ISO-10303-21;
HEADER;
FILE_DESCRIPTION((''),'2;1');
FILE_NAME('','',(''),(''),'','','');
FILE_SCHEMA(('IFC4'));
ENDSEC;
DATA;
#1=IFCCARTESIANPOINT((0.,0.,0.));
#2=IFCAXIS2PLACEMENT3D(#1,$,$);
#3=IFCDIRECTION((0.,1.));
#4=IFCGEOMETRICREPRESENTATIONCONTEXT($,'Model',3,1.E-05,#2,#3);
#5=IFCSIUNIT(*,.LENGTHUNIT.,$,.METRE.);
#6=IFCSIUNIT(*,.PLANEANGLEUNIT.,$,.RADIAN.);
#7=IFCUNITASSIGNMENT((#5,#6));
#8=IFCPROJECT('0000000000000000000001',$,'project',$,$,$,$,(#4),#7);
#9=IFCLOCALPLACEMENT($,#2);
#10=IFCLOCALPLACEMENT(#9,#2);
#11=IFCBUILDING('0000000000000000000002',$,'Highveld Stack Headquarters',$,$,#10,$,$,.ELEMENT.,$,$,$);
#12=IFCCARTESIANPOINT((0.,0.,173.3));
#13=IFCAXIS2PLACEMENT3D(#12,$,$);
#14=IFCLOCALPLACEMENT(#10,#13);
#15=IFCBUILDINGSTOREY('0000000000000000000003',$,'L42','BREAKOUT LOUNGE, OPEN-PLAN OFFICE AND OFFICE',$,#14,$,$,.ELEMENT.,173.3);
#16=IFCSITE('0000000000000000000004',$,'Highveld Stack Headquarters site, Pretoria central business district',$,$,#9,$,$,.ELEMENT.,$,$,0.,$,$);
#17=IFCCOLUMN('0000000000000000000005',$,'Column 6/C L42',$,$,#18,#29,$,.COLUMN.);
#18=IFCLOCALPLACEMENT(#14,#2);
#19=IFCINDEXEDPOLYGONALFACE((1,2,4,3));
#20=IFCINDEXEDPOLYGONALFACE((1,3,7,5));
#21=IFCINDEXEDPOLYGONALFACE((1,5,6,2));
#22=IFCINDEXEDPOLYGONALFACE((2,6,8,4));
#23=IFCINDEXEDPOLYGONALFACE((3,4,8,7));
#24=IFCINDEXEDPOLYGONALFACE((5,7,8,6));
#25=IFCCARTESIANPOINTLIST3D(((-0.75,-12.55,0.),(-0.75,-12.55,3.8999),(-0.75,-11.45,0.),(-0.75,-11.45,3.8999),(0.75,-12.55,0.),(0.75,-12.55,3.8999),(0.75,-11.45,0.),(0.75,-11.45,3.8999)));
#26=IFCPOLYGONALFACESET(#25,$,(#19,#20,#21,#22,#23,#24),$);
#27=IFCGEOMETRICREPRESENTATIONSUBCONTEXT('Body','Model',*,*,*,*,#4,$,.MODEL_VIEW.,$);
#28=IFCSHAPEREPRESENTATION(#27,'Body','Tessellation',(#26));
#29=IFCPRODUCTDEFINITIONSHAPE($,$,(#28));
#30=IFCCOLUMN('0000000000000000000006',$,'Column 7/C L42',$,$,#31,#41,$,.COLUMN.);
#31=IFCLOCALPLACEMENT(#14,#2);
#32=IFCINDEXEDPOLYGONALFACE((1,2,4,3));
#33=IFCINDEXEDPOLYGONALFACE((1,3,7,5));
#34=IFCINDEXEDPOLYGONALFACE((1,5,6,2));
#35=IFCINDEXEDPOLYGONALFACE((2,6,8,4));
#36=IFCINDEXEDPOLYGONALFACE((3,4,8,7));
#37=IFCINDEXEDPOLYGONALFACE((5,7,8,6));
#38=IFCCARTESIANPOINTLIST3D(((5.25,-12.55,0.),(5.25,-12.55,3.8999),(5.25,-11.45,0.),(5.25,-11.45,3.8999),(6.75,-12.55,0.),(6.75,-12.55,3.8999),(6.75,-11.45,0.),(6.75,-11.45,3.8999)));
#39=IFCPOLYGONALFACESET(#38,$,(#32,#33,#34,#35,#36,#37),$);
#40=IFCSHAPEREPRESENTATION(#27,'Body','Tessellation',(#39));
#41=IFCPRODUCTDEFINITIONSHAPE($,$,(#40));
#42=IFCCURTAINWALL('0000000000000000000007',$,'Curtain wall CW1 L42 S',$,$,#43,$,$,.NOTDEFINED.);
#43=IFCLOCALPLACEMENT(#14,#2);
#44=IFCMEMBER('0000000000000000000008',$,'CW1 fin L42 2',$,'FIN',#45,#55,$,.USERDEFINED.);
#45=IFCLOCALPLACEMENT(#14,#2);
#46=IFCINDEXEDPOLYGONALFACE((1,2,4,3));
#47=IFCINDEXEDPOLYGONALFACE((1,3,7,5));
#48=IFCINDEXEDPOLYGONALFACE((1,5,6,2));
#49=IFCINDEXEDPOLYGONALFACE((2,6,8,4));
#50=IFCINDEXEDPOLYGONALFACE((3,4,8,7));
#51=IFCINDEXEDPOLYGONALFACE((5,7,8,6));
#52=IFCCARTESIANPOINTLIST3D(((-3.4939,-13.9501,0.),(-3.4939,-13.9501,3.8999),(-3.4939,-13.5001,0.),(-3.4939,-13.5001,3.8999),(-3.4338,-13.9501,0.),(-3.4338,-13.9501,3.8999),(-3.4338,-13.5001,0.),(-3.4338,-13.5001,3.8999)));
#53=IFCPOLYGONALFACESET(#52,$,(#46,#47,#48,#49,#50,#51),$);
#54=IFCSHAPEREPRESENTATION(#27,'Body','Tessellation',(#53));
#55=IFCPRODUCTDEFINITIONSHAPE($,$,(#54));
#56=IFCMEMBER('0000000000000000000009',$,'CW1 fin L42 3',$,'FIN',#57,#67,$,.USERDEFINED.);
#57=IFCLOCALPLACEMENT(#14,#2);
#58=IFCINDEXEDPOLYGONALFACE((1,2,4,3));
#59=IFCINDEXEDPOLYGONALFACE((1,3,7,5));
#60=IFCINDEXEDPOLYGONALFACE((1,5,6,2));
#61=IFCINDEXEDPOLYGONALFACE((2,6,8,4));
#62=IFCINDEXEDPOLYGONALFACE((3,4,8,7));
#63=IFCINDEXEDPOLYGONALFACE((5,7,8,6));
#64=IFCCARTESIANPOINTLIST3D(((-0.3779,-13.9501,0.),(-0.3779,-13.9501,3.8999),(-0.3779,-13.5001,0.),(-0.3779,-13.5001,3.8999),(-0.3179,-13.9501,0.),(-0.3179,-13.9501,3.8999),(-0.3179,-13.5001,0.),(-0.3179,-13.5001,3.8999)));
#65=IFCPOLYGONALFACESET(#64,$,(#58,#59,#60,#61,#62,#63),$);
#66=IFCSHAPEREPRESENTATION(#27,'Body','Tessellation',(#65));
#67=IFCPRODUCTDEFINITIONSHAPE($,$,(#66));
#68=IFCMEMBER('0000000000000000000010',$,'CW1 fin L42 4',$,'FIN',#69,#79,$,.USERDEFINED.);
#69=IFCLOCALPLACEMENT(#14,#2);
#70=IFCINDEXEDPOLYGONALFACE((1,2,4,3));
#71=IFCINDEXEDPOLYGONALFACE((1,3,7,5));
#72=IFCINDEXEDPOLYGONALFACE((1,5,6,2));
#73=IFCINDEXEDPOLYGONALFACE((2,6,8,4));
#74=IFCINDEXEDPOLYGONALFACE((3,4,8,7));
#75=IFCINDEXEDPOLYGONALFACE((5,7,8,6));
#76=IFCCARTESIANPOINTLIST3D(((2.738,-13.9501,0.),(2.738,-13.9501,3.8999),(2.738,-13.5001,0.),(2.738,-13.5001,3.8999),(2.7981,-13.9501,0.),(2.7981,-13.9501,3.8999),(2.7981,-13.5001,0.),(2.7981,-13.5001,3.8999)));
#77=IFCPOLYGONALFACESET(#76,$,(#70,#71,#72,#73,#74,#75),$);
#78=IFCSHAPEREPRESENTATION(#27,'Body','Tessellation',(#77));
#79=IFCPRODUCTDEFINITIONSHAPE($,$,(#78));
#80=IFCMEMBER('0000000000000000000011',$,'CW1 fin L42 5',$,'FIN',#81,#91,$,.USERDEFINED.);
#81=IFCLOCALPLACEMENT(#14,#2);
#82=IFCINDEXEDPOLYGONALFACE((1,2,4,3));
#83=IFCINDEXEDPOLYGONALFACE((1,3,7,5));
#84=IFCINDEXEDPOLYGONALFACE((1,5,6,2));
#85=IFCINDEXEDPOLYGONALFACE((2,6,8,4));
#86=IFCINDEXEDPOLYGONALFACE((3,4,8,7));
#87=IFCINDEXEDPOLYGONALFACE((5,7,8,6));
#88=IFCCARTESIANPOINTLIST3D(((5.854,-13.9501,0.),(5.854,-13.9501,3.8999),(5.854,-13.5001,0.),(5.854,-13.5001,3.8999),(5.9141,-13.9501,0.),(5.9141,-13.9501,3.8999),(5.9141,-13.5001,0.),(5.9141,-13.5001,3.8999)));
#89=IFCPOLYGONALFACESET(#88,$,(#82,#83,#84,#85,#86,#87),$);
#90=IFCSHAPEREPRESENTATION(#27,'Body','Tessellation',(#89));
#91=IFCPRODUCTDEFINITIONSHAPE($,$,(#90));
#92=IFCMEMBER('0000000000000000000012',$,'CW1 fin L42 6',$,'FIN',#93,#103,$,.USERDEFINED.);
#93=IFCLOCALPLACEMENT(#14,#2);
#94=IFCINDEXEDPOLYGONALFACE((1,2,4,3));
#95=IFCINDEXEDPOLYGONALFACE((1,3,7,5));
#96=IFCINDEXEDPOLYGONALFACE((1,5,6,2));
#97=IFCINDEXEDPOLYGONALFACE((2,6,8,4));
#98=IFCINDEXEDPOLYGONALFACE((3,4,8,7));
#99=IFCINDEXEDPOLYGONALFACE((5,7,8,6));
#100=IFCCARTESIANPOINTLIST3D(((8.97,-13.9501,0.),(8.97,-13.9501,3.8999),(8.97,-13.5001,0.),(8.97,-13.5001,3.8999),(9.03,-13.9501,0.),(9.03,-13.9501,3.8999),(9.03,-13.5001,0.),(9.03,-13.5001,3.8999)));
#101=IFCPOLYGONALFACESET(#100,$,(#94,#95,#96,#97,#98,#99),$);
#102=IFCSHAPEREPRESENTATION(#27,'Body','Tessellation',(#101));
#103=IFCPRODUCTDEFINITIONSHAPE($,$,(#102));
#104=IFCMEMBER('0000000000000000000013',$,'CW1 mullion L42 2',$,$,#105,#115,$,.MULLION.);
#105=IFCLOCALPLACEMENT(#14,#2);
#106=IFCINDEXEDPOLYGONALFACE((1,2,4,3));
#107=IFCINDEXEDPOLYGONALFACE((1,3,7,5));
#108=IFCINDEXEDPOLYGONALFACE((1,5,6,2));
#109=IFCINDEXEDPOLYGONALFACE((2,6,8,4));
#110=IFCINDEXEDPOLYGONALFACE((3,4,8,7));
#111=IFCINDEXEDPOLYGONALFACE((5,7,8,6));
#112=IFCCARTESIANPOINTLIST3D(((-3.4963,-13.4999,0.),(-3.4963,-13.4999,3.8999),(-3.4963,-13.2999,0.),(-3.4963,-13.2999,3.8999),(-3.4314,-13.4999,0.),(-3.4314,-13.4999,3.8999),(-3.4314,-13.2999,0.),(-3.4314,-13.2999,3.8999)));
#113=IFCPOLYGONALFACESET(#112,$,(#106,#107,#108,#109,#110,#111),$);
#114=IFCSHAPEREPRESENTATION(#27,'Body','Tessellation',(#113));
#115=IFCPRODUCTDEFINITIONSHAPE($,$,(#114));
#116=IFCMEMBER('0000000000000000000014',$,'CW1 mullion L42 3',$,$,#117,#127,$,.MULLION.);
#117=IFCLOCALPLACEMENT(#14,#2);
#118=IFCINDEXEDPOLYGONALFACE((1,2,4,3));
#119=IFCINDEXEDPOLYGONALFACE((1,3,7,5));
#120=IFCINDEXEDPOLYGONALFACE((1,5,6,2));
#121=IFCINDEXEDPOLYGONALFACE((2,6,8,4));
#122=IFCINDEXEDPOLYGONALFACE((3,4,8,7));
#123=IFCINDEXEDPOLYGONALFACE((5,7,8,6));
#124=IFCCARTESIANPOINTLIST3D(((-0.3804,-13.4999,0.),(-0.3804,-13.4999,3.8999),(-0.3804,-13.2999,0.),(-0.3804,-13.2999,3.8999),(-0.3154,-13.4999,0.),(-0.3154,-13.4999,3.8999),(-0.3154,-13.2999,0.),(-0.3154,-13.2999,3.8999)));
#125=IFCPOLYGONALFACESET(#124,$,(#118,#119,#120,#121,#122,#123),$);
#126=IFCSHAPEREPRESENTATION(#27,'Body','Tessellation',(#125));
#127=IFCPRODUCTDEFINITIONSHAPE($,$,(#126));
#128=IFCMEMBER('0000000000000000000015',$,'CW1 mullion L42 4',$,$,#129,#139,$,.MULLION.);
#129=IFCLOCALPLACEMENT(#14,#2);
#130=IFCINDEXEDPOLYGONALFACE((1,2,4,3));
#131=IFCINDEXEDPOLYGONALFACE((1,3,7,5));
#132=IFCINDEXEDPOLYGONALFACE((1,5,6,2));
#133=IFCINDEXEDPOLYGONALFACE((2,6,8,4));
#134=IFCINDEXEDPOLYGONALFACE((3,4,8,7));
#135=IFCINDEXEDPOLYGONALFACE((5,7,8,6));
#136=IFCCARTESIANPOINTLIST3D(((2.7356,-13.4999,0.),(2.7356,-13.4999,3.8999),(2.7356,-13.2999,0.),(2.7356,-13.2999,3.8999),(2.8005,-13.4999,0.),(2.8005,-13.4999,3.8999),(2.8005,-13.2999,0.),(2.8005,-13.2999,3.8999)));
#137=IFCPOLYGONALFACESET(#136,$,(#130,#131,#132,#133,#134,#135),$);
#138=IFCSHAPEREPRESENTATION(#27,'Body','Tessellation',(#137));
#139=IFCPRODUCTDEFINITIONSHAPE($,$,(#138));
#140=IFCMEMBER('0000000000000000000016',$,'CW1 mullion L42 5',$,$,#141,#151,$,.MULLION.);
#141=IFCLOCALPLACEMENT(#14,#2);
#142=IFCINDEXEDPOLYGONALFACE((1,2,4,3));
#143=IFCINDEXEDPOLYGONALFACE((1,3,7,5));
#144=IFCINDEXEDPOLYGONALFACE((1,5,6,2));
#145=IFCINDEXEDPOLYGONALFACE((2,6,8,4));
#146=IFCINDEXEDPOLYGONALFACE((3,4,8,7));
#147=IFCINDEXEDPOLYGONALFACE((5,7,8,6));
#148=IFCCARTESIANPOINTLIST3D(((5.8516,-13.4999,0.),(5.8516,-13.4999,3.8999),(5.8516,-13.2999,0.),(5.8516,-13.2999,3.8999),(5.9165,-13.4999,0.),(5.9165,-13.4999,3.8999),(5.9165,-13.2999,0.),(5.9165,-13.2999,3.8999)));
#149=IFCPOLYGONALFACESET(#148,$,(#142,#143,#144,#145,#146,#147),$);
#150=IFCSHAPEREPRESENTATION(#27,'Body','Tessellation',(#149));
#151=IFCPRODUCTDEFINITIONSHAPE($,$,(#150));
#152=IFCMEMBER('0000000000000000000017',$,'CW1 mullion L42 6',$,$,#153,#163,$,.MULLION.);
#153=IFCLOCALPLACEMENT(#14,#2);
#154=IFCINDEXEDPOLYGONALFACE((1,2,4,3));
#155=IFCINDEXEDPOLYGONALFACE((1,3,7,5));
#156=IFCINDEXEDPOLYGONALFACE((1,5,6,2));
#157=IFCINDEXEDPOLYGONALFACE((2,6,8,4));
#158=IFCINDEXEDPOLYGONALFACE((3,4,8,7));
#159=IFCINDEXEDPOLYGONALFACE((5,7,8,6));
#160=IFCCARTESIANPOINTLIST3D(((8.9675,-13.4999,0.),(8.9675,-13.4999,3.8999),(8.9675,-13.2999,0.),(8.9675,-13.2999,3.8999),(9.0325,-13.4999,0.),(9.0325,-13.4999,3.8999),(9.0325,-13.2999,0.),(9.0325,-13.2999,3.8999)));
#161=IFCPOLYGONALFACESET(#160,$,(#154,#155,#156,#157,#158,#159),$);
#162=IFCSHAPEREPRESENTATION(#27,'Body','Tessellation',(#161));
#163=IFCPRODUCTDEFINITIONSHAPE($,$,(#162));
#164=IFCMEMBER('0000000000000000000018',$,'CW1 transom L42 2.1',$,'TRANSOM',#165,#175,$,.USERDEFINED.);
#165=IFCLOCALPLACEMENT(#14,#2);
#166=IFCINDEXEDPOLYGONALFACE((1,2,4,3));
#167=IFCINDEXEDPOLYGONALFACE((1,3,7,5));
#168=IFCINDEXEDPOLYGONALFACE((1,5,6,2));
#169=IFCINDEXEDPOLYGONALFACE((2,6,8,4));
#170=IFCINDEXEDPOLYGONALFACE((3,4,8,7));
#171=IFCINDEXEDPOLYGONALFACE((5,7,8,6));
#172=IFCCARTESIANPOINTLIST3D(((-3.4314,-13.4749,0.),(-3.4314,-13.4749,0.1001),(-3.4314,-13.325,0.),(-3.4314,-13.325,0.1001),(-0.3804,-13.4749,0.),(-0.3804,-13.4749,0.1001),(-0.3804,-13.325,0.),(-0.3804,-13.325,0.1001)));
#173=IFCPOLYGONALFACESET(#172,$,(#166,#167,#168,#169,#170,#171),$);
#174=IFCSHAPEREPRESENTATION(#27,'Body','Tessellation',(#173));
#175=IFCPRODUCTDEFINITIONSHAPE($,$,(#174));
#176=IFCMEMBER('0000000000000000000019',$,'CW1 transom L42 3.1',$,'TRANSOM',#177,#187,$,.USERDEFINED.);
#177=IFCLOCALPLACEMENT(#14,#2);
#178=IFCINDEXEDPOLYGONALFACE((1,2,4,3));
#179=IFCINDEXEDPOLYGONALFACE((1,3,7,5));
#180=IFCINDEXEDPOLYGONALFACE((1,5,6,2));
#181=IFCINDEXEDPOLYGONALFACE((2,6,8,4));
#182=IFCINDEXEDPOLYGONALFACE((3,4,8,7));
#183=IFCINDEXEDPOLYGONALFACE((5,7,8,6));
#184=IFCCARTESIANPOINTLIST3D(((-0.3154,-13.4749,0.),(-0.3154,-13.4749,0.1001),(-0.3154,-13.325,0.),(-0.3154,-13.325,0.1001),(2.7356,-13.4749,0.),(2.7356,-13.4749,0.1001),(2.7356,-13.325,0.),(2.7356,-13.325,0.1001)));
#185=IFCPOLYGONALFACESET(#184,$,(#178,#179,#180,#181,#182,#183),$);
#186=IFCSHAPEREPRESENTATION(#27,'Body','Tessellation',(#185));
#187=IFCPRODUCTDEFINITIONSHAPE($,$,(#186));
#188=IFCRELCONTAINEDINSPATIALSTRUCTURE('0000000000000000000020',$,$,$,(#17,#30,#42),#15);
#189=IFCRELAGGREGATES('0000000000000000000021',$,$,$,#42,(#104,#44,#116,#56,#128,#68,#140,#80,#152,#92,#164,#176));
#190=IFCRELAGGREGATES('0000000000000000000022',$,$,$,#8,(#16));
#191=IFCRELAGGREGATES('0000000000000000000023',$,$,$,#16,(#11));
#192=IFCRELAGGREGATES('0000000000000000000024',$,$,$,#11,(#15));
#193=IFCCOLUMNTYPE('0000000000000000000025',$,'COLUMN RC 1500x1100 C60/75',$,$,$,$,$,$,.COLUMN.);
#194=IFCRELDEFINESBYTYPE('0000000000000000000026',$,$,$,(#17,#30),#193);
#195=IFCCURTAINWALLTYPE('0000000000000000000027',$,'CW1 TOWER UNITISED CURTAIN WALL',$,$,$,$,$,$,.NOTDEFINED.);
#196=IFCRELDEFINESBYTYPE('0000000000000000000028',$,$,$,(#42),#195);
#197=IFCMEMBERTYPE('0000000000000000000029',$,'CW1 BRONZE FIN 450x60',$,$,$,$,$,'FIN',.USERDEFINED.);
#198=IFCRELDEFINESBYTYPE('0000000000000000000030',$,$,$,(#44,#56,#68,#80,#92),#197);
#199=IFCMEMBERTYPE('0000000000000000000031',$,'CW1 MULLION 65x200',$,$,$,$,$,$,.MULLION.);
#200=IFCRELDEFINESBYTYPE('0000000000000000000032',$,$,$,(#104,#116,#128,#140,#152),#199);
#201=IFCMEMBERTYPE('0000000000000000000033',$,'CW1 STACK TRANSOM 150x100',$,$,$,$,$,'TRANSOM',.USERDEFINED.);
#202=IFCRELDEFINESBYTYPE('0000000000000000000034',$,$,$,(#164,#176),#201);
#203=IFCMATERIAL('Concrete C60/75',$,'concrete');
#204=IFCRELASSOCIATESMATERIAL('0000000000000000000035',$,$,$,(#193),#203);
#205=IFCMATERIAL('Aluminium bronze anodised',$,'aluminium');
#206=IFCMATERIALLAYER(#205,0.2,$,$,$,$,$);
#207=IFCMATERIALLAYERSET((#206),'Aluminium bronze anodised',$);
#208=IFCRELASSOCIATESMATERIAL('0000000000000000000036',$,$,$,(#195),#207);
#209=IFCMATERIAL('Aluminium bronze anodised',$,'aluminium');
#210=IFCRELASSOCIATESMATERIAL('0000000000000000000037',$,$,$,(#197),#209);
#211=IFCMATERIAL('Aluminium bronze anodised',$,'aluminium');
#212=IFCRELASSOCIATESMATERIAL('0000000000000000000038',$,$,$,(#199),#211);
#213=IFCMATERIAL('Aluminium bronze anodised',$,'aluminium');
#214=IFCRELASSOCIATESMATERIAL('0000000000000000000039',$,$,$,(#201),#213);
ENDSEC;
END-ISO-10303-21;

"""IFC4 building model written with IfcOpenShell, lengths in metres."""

from ifc_helpers import new_model, si_unit, direction, frame, origin, origin_2d, place, context, subcontext, project, spatial, rectangle, extrude, material, layer, layer_set, material_profile, profile_set, type_object, element, aggregate, save


model = new_model("IFC4")

# Units and contexts
model_context = context("Model", 3, precision=1e-05, world=origin(), true_north=direction((0.0, 1.0)))
body_context = subcontext(model_context, "Body", "Model", "MODEL_VIEW")
ifc_project = project(units=[si_unit("LENGTHUNIT", "METRE"), si_unit("PLANEANGLEUNIT", "RADIAN")], contexts=[model_context])

# Site, building, storey
site_placement = place(None, origin())
site = spatial("IfcSite", under=ifc_project, at=site_placement, Name="Highveld Stack Headquarters site, Pretoria central business district", CompositionType="ELEMENT", RefElevation=0.0)
building_placement = place(site_placement, origin())
building = spatial("IfcBuilding", under=site, at=building_placement, Name="Highveld Stack Headquarters", CompositionType="ELEMENT")
storey_placement = place(building_placement, frame((0.0, 0.0, 173.3)))
storey = spatial("IfcBuildingStorey", under=building, at=storey_placement, Name="L42", Description="BREAKOUT LOUNGE, OPEN-PLAN OFFICE AND OFFICE", CompositionType="ELEMENT", Elevation=173.3)

# Columns
ifc_material_1 = material(Name="Concrete C60/75", Category="concrete")
ifc_material_profile_1 = material_profile(ifc_material_1, rectangle(XDim=1.5, YDim=1.1001, at=origin_2d()), Name="RC 1500x1100")
ifc_profile_set_1 = profile_set([ifc_material_profile_1], Name="Concrete C60/75")
column_type = type_object("IfcColumnType", Name="COLUMN RC 1500x1100 C60/75", PredefinedType="COLUMN", material=ifc_profile_set_1)
for number, where, z_axis, x_axis, name in (
    (1, (0.0, -12.0, 0.0), (0.0, 0.0, 1.0), (1.0, 0.0, 0.0), "Column 6/C L42"),
    (2, (6.0, -12.0, 0.0), (0.0, 0.0, 1.0), (1.0, 0.0, 0.0), "Column 7/C L42"),
):
    element("IfcColumn", number, at=place(storey_placement, frame(where, z_axis=z_axis, x_axis=x_axis)), inside=storey, type_object=column_type, Name=name, PredefinedType="COLUMN", context=body_context, shape_type="SweptSolid", body=[
        extrude(rectangle(XDim=1.5, YDim=1.1001, at=origin_2d()), origin(), (0.0, 0.0, 1.0), 3.8999),
    ])

# Curtain wall, members
ifc_material_2 = material(Name="Aluminium bronze anodised", Category="aluminium")
ifc_layer_1 = layer(ifc_material_2, 0.2)
ifc_layer_set_1 = layer_set([ifc_layer_1], Name="Aluminium bronze anodised")
curtain_wall_type = type_object("IfcCurtainWallType", Name="CW1 TOWER UNITISED CURTAIN WALL", PredefinedType="NOTDEFINED", material=ifc_layer_set_1)
curtain_wall_placement = place(storey_placement, origin())
curtain_wall = element("IfcCurtainWall", 3, at=curtain_wall_placement, inside=storey, type_object=curtain_wall_type, Name="Curtain wall CW1 L42 S", PredefinedType="NOTDEFINED")
ifc_material_3 = material(Name="Aluminium bronze anodised", Category="aluminium")
ifc_material_profile_2 = material_profile(ifc_material_3, rectangle(XDim=0.45, YDim=0.0601, at=origin_2d()), Name="FIN 450x60")
ifc_profile_set_2 = profile_set([ifc_material_profile_2], Name="Aluminium bronze anodised")
member_type_1 = type_object("IfcMemberType", Name="CW1 BRONZE FIN 450x60", ElementType="FIN", PredefinedType="USERDEFINED", material=ifc_profile_set_2)
member_1_placement = place(storey_placement, frame((-3.4639, -13.7251, 0.0), z_axis=(0.0, 0.0, 1.0), x_axis=(0.0, 1.0, 0.0)))
member_1 = element("IfcMember", 4, at=member_1_placement, type_object=member_type_1, Name="CW1 fin L42 2", ObjectType="FIN", PredefinedType="USERDEFINED", context=body_context, shape_type="SweptSolid", body=[
    extrude(rectangle(XDim=0.45, YDim=0.0601, at=origin_2d()), origin(), (0.0, 0.0, 1.0), 3.8999),
])
member_2_placement = place(storey_placement, frame((-0.3479, -13.7251, 0.0), z_axis=(0.0, 0.0, 1.0), x_axis=(0.0, 1.0, 0.0)))
member_2 = element("IfcMember", 5, at=member_2_placement, type_object=member_type_1, Name="CW1 fin L42 3", ObjectType="FIN", PredefinedType="USERDEFINED", context=body_context, shape_type="SweptSolid", body=[
    extrude(rectangle(XDim=0.45, YDim=0.0601, at=origin_2d()), origin(), (0.0, 0.0, 1.0), 3.8999),
])
member_3_placement = place(storey_placement, frame((2.7681, -13.7251, 0.0), z_axis=(0.0, 0.0, 1.0), x_axis=(0.0, 1.0, 0.0)))
member_3 = element("IfcMember", 6, at=member_3_placement, type_object=member_type_1, Name="CW1 fin L42 4", ObjectType="FIN", PredefinedType="USERDEFINED", context=body_context, shape_type="SweptSolid", body=[
    extrude(rectangle(XDim=0.45, YDim=0.0601, at=origin_2d()), origin(), (0.0, 0.0, 1.0), 3.8999),
])
member_4_placement = place(storey_placement, frame((5.884, -13.7251, 0.0), z_axis=(0.0, 0.0, 1.0), x_axis=(0.0, 1.0, 0.0)))
member_4 = element("IfcMember", 7, at=member_4_placement, type_object=member_type_1, Name="CW1 fin L42 5", ObjectType="FIN", PredefinedType="USERDEFINED", context=body_context, shape_type="SweptSolid", body=[
    extrude(rectangle(XDim=0.45, YDim=0.0601, at=origin_2d()), origin(), (0.0, 0.0, 1.0), 3.8999),
])
member_5_placement = place(storey_placement, frame((9.0, -13.7251, 0.0), z_axis=(0.0, 0.0, 1.0), x_axis=(0.0, 1.0, 0.0)))
member_5 = element("IfcMember", 8, at=member_5_placement, type_object=member_type_1, Name="CW1 fin L42 6", ObjectType="FIN", PredefinedType="USERDEFINED", context=body_context, shape_type="SweptSolid", body=[
    extrude(rectangle(XDim=0.45, YDim=0.0601, at=origin_2d()), origin(), (0.0, 0.0, 1.0), 3.8999),
])
ifc_material_4 = material(Name="Aluminium bronze anodised", Category="aluminium")
ifc_material_profile_3 = material_profile(ifc_material_4, rectangle(XDim=0.2, YDim=0.0649, at=origin_2d()), Name="CW1 MULLION 65x200")
ifc_profile_set_3 = profile_set([ifc_material_profile_3], Name="Aluminium bronze anodised")
member_type_2 = type_object("IfcMemberType", Name="CW1 MULLION 65x200", PredefinedType="MULLION", material=ifc_profile_set_3)
member_6_placement = place(storey_placement, frame((-3.4639, -13.3999, 0.0), z_axis=(0.0, 0.0, 1.0), x_axis=(0.0, 1.0, 0.0)))
member_6 = element("IfcMember", 9, at=member_6_placement, type_object=member_type_2, Name="CW1 mullion L42 2", PredefinedType="MULLION", context=body_context, shape_type="SweptSolid", body=[
    extrude(rectangle(XDim=0.2, YDim=0.0649, at=origin_2d()), origin(), (0.0, 0.0, 1.0), 3.8999),
])
member_7_placement = place(storey_placement, frame((-0.3479, -13.3999, 0.0), z_axis=(0.0, 0.0, 1.0), x_axis=(0.0, 1.0, 0.0)))
member_7 = element("IfcMember", 10, at=member_7_placement, type_object=member_type_2, Name="CW1 mullion L42 3", PredefinedType="MULLION", context=body_context, shape_type="SweptSolid", body=[
    extrude(rectangle(XDim=0.2, YDim=0.0649, at=origin_2d()), origin(), (0.0, 0.0, 1.0), 3.8999),
])
member_8_placement = place(storey_placement, frame((2.7681, -13.3999, 0.0), z_axis=(0.0, 0.0, 1.0), x_axis=(0.0, 1.0, 0.0)))
member_8 = element("IfcMember", 11, at=member_8_placement, type_object=member_type_2, Name="CW1 mullion L42 4", PredefinedType="MULLION", context=body_context, shape_type="SweptSolid", body=[
    extrude(rectangle(XDim=0.2, YDim=0.0649, at=origin_2d()), origin(), (0.0, 0.0, 1.0), 3.8999),
])
member_9_placement = place(storey_placement, frame((5.884, -13.3999, 0.0), z_axis=(0.0, 0.0, 1.0), x_axis=(0.0, 1.0, 0.0)))
member_9 = element("IfcMember", 12, at=member_9_placement, type_object=member_type_2, Name="CW1 mullion L42 5", PredefinedType="MULLION", context=body_context, shape_type="SweptSolid", body=[
    extrude(rectangle(XDim=0.2, YDim=0.0649, at=origin_2d()), origin(), (0.0, 0.0, 1.0), 3.8999),
])
member_10_placement = place(storey_placement, frame((9.0, -13.3999, 0.0), z_axis=(0.0, 0.0, 1.0), x_axis=(0.0, 1.0, 0.0)))
member_10 = element("IfcMember", 13, at=member_10_placement, type_object=member_type_2, Name="CW1 mullion L42 6", PredefinedType="MULLION", context=body_context, shape_type="SweptSolid", body=[
    extrude(rectangle(XDim=0.2, YDim=0.0649, at=origin_2d()), origin(), (0.0, 0.0, 1.0), 3.8999),
])
ifc_material_5 = material(Name="Aluminium bronze anodised", Category="aluminium")
ifc_material_profile_4 = material_profile(ifc_material_5, rectangle(XDim=0.1499, YDim=0.1001, at=origin_2d()), Name="CW1 TRANSOM 150x100")
ifc_profile_set_4 = profile_set([ifc_material_profile_4], Name="Aluminium bronze anodised")
member_type_3 = type_object("IfcMemberType", Name="CW1 STACK TRANSOM 150x100", ElementType="TRANSOM", PredefinedType="USERDEFINED", material=ifc_profile_set_4)
member_11_placement = place(storey_placement, frame((-3.4314, -13.3999, 0.05), z_axis=(1.0, 0.0, 0.0), x_axis=(0.0, 1.0, 0.0)))
member_11 = element("IfcMember", 14, at=member_11_placement, type_object=member_type_3, Name="CW1 transom L42 2.1", ObjectType="TRANSOM", PredefinedType="USERDEFINED", context=body_context, shape_type="SweptSolid", body=[
    extrude(rectangle(XDim=0.1499, YDim=0.1001, at=origin_2d()), origin(), (0.0, 0.0, 1.0), 3.051),
])
member_12_placement = place(storey_placement, frame((-0.3154, -13.3999, 0.05), z_axis=(1.0, 0.0, 0.0), x_axis=(0.0, 1.0, 0.0)))
member_12 = element("IfcMember", 15, at=member_12_placement, type_object=member_type_3, Name="CW1 transom L42 3.1", ObjectType="TRANSOM", PredefinedType="USERDEFINED", context=body_context, shape_type="SweptSolid", body=[
    extrude(rectangle(XDim=0.1499, YDim=0.1001, at=origin_2d()), origin(), (0.0, 0.0, 1.0), 3.051),
])
aggregate(curtain_wall, [member_6, member_1, member_7, member_2, member_8, member_3, member_9, member_4, member_10, member_5, member_11, member_12])

save(model, "model.ifc")
